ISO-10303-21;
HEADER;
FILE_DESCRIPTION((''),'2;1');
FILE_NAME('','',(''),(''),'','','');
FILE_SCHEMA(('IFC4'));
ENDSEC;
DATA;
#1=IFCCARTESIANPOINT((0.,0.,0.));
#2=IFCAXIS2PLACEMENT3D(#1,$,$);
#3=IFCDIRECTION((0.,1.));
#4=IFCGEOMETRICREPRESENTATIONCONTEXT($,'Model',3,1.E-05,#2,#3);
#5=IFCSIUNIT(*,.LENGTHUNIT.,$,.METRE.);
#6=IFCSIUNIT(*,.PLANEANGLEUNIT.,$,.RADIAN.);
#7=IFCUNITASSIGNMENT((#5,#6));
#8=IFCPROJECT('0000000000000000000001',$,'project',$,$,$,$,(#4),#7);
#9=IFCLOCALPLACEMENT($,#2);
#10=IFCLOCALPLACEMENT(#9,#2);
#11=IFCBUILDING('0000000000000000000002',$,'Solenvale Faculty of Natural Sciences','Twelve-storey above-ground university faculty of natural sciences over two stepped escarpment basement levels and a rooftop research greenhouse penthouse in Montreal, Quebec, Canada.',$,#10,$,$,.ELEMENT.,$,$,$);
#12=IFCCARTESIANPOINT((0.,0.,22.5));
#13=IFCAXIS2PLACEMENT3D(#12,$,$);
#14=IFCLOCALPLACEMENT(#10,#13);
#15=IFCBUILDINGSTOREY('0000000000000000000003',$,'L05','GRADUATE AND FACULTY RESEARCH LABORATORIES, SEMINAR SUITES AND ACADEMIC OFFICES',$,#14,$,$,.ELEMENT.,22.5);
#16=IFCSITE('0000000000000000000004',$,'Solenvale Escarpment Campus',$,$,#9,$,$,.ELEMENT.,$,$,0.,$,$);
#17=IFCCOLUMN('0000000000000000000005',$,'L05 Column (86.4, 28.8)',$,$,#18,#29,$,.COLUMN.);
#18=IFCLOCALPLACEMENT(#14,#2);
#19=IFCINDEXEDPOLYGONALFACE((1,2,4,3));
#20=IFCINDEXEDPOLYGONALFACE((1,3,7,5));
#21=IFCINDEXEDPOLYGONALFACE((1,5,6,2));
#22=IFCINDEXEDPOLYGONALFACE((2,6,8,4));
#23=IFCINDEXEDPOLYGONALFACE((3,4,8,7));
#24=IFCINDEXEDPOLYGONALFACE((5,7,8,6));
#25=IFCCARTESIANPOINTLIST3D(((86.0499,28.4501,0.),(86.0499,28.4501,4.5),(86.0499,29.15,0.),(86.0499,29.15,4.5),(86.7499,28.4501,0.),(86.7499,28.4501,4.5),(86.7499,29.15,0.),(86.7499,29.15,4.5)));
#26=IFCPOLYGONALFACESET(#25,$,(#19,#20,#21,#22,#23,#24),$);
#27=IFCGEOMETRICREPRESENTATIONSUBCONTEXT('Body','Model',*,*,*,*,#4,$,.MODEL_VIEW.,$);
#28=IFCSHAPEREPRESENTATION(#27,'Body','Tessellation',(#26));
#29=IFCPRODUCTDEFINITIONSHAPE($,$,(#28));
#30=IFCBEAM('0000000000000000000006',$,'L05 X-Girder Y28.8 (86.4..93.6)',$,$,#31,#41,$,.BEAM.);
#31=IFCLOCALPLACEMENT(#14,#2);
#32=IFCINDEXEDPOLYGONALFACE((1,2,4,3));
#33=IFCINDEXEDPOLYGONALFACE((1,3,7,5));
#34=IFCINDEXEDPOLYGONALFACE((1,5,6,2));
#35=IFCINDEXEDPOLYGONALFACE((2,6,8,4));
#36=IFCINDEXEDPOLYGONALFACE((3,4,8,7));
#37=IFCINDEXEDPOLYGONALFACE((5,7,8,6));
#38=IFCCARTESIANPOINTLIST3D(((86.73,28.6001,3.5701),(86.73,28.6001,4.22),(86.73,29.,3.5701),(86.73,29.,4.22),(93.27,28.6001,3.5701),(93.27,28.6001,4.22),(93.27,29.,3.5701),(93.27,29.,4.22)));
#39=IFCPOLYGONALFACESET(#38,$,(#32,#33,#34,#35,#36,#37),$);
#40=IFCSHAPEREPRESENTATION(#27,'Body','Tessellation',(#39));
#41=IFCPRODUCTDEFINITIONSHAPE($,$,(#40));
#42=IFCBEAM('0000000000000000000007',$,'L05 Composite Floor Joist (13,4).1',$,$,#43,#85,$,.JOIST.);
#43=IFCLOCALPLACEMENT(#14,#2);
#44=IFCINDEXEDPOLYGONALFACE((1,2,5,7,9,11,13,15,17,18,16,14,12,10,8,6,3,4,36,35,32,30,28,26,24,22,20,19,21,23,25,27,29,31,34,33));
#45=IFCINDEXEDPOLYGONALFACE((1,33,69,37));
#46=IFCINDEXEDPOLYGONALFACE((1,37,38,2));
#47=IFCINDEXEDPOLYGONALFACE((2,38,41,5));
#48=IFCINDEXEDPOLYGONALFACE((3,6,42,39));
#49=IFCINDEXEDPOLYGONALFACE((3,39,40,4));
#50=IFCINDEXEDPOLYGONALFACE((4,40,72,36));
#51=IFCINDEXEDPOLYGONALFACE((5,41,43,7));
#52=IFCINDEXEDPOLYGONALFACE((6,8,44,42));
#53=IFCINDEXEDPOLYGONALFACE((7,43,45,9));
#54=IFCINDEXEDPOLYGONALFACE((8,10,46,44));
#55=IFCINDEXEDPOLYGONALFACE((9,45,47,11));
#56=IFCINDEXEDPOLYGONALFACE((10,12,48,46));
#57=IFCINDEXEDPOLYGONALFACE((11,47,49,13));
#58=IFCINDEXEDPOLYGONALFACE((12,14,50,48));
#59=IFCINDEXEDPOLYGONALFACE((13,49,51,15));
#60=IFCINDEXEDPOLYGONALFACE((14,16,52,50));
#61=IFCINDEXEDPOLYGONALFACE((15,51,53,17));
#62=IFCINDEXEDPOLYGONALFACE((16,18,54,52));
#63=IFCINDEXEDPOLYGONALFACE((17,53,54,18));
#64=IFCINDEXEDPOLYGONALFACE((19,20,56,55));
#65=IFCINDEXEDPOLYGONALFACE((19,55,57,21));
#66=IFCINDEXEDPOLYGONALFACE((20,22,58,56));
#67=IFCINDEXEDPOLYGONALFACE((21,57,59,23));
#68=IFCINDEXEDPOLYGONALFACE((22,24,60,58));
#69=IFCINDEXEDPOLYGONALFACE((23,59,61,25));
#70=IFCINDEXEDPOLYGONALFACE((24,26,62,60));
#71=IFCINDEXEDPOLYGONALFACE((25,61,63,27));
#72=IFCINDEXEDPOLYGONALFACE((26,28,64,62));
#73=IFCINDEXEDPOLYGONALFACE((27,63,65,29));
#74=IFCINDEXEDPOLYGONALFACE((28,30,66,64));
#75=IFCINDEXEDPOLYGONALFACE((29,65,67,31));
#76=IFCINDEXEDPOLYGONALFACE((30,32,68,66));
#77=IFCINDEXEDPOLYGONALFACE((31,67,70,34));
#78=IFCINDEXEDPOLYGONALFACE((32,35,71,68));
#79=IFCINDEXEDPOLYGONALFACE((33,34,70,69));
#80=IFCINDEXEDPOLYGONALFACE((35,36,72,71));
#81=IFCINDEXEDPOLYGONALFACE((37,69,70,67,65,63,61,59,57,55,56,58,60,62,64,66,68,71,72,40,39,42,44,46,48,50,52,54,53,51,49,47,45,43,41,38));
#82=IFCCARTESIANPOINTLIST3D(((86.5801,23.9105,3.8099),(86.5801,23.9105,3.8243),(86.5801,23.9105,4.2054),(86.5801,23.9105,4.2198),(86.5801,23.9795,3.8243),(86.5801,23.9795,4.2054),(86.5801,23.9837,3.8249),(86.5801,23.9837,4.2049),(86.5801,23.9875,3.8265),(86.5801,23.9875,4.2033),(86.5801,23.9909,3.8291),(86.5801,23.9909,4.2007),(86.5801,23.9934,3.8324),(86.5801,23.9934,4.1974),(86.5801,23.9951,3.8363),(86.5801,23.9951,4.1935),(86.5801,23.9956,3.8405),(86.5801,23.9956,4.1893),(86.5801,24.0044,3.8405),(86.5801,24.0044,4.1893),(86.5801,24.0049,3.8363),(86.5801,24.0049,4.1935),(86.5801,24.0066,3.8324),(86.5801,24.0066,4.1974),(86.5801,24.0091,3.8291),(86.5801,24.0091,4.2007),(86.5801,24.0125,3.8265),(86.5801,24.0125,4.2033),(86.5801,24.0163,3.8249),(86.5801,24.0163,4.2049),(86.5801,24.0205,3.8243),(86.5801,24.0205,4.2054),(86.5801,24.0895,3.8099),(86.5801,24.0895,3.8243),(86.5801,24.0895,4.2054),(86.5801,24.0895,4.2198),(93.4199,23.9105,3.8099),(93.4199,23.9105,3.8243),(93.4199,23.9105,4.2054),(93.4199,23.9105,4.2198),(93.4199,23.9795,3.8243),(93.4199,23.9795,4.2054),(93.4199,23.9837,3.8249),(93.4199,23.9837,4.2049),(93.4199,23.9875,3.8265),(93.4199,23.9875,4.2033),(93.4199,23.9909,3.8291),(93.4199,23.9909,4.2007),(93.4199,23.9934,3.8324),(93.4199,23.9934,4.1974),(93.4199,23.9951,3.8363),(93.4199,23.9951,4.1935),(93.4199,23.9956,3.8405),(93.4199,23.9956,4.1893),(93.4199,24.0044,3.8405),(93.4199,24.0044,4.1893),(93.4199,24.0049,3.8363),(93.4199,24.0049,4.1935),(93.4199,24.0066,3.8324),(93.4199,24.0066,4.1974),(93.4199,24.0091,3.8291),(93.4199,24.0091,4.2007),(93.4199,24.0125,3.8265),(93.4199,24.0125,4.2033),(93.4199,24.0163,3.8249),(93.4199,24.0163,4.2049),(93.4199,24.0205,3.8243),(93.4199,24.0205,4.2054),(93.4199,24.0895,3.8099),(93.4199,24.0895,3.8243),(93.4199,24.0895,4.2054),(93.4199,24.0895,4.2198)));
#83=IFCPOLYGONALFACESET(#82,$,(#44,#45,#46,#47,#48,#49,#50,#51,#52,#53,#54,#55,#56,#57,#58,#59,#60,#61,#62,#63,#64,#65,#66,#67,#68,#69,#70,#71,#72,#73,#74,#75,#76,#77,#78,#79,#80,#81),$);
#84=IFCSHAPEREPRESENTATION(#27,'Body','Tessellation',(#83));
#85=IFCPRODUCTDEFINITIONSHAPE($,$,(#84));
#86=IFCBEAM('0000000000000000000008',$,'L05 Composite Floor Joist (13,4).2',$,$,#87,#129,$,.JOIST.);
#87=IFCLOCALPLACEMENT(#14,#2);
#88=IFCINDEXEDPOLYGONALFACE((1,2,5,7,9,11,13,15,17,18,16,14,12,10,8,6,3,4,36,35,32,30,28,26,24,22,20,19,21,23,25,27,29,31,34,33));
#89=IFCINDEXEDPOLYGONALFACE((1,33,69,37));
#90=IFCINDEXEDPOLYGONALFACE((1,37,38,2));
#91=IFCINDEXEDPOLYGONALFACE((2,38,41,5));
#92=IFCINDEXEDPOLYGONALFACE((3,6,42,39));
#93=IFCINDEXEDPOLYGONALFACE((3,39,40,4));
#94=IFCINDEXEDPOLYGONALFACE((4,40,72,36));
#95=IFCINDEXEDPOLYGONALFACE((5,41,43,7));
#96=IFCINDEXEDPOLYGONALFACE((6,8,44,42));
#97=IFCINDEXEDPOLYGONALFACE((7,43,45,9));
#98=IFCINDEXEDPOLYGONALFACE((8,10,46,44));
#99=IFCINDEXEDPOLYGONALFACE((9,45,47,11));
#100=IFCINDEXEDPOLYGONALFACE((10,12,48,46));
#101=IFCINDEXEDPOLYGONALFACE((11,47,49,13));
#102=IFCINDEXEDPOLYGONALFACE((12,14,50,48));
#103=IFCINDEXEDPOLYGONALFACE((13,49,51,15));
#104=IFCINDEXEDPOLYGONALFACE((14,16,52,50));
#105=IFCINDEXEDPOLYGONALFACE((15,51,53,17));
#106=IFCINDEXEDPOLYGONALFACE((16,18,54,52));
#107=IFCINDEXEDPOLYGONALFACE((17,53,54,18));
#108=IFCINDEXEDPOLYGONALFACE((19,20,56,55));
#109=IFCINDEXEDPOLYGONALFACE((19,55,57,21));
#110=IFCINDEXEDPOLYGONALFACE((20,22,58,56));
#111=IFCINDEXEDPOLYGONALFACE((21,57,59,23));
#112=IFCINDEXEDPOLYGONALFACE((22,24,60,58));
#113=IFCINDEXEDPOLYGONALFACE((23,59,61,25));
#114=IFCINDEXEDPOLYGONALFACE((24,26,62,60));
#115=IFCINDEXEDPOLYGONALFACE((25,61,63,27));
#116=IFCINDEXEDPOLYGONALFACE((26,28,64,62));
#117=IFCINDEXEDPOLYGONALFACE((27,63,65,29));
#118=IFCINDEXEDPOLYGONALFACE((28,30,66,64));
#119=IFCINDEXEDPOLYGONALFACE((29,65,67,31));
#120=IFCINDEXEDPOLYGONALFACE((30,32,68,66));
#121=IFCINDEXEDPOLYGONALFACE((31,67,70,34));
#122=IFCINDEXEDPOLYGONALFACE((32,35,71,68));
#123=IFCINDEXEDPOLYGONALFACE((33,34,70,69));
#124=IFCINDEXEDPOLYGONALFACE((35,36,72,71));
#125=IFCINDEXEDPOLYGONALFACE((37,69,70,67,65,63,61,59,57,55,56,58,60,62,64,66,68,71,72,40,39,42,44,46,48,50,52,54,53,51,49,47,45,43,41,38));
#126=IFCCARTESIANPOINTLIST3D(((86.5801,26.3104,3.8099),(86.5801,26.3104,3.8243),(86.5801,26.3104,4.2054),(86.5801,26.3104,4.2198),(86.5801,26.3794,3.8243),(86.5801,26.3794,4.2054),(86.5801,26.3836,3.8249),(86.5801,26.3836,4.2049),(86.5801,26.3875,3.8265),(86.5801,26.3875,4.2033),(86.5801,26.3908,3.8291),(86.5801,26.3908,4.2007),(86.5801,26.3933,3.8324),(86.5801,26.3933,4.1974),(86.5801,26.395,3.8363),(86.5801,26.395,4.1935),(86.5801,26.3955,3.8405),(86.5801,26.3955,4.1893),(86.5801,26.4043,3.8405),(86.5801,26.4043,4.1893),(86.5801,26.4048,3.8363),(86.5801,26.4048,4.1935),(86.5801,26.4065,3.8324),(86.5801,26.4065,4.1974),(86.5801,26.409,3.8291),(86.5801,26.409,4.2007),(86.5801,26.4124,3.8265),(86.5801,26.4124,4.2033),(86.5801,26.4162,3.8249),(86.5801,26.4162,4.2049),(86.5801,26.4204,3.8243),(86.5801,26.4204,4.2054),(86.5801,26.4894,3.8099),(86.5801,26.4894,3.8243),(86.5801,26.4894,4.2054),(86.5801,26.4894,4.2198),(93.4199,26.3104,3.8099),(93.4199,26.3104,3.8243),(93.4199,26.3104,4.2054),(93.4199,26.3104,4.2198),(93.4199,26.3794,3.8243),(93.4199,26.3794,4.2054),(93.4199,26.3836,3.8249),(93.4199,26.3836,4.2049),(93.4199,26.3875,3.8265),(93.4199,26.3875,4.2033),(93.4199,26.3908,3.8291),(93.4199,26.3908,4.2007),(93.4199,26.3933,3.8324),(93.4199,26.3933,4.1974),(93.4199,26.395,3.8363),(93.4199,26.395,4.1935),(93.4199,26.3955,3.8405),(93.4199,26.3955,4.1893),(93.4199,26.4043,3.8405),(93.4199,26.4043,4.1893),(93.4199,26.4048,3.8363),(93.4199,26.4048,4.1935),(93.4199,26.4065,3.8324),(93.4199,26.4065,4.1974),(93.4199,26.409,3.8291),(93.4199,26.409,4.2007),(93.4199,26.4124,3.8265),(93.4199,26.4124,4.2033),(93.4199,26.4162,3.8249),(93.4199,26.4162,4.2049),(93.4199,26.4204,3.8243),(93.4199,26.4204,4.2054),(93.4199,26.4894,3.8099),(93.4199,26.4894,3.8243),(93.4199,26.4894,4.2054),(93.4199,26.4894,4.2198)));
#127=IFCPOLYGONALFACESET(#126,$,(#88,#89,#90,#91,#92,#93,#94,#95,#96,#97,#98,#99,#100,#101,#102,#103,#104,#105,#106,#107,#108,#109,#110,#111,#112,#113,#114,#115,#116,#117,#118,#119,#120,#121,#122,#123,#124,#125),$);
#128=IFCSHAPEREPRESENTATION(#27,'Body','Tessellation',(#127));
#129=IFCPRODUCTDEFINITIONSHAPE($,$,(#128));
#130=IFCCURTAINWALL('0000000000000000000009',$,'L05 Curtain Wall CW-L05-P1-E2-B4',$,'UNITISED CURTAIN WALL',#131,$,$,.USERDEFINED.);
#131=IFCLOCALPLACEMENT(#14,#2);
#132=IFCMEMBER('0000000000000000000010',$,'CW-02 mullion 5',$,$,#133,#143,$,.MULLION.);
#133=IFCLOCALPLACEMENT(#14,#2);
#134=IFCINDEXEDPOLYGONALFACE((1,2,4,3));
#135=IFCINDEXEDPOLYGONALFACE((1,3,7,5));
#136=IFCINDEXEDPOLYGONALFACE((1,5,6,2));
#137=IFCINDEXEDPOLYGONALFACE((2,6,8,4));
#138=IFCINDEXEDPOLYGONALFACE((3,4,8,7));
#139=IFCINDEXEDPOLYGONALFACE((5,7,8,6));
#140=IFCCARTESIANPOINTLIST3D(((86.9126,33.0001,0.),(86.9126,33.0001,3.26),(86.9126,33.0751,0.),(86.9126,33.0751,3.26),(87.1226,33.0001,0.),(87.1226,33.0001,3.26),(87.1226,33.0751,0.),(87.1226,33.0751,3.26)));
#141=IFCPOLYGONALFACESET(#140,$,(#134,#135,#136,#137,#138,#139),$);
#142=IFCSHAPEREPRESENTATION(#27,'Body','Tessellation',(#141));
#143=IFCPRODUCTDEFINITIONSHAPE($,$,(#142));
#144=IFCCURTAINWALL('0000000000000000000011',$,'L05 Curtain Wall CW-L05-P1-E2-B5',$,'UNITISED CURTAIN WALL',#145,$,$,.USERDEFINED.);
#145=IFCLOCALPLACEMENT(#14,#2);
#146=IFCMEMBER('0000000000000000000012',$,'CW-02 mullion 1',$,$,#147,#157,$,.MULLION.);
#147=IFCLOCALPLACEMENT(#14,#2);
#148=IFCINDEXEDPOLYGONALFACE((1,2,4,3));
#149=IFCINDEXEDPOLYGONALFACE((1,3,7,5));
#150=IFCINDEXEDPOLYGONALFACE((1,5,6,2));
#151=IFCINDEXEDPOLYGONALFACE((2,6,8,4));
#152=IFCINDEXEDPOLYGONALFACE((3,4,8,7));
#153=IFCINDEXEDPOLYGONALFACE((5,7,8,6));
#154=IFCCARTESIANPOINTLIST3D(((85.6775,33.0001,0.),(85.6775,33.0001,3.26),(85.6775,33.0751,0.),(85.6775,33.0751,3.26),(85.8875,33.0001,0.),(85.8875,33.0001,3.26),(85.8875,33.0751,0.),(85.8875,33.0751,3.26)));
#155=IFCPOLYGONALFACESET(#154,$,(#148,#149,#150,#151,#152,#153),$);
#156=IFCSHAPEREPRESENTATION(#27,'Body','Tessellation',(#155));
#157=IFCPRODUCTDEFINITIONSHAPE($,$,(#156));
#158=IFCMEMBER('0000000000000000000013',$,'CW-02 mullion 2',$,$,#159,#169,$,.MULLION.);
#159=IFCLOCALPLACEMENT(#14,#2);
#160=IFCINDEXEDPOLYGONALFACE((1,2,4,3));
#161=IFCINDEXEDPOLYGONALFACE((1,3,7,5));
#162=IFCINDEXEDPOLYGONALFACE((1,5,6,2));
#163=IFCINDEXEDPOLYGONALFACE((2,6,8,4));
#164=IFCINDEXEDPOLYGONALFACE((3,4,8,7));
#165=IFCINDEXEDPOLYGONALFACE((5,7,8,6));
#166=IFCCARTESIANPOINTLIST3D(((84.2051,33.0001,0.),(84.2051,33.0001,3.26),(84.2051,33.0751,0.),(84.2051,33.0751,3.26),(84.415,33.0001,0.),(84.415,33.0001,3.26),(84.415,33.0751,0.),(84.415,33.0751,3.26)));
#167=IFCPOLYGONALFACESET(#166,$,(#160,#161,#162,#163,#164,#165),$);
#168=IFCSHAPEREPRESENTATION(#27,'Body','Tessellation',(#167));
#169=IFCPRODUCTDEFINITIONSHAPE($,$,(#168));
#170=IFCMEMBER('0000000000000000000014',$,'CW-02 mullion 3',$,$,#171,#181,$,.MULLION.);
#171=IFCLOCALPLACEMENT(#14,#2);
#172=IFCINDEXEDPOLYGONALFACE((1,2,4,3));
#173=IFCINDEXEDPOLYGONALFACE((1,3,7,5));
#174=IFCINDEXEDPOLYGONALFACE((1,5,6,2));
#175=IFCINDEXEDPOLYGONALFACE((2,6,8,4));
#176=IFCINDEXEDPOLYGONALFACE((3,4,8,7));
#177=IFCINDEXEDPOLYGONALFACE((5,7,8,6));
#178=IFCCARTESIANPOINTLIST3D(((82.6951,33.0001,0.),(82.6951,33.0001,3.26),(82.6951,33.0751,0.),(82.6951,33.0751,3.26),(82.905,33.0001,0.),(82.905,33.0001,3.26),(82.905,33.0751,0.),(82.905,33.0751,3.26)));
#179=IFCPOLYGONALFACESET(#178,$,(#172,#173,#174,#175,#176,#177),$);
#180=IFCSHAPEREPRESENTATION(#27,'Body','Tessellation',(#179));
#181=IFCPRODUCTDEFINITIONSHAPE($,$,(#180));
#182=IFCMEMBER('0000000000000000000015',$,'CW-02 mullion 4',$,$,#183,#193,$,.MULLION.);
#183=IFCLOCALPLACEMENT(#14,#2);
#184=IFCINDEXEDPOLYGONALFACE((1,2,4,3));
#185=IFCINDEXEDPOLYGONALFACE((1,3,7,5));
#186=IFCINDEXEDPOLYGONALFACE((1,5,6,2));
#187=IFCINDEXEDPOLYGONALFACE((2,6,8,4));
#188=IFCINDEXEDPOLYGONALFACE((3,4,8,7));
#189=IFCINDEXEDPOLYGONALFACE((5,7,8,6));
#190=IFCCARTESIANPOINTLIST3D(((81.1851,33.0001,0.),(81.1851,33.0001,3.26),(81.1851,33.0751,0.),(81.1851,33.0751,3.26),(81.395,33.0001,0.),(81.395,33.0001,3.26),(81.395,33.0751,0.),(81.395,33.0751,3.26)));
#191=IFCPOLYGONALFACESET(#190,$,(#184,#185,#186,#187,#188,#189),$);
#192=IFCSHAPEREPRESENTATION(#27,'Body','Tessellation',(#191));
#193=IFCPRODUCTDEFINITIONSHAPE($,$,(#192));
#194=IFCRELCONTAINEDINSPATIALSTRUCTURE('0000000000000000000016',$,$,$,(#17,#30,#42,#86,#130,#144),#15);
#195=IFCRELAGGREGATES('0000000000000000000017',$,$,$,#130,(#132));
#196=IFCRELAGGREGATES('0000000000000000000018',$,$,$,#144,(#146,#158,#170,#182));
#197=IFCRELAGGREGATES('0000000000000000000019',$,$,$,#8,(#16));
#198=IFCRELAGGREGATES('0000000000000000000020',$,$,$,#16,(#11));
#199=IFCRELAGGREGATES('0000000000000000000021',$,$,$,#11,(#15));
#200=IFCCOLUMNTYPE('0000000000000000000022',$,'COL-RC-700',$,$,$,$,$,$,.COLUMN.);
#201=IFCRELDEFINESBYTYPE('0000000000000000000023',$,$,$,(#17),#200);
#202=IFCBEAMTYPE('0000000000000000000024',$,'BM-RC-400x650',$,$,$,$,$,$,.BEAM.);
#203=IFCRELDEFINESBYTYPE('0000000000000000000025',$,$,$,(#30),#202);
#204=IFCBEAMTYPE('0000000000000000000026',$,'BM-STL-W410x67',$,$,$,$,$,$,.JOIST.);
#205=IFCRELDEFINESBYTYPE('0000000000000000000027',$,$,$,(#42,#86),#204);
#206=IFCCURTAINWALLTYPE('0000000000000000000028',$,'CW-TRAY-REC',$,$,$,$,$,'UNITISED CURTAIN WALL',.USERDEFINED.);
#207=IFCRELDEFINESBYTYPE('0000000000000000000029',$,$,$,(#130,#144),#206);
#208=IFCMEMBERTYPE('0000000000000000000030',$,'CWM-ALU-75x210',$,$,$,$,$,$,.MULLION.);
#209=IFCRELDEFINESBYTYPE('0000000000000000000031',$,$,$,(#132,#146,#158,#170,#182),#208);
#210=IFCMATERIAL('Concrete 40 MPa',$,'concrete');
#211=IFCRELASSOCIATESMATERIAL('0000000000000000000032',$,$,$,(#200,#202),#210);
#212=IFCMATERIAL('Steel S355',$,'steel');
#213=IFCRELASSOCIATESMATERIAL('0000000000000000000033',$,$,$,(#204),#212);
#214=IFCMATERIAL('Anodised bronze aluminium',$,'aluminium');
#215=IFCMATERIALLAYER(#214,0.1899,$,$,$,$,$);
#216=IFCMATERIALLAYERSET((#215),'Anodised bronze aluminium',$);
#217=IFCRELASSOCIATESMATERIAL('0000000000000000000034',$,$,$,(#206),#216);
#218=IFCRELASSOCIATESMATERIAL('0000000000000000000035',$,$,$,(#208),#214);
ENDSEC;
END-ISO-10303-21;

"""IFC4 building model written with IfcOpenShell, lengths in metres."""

from ifc_helpers import new_model, si_unit, direction, frame, origin, origin_2d, place, context, subcontext, project, spatial, rectangle, i_section, extrude, material, layer, layer_set, material_profile, profile_set, type_object, element, aggregate, save


model = new_model("IFC4")

# Units and contexts
model_context = context("Model", 3, precision=1e-05, world=origin(), true_north=direction((0.0, 1.0)))
body_context = subcontext(model_context, "Body", "Model", "MODEL_VIEW")
ifc_project = project(units=[si_unit("LENGTHUNIT", "METRE"), si_unit("PLANEANGLEUNIT", "RADIAN")], contexts=[model_context])

# Site, building, storey
site_placement = place(None, origin())
site = spatial("IfcSite", under=ifc_project, at=site_placement, Name="Solenvale Escarpment Campus", CompositionType="ELEMENT", RefElevation=0.0)
building_placement = place(site_placement, origin())
building = spatial("IfcBuilding", under=site, at=building_placement, Name="Solenvale Faculty of Natural Sciences", Description="Twelve-storey above-ground university faculty of natural sciences over two stepped escarpment basement levels and a rooftop research greenhouse penthouse in Montreal, Quebec, Canada.", CompositionType="ELEMENT")
storey_placement = place(building_placement, frame((0.0, 0.0, 22.5)))
storey = spatial("IfcBuildingStorey", under=building, at=storey_placement, Name="L05", Description="GRADUATE AND FACULTY RESEARCH LABORATORIES, SEMINAR SUITES AND ACADEMIC OFFICES", CompositionType="ELEMENT", Elevation=22.5)

# Column
ifc_material_1 = material(Name="Concrete 40 MPa", Category="concrete")
ifc_material_profile_1 = material_profile(ifc_material_1, rectangle(XDim=0.7, YDim=0.7, at=origin_2d()), Name="RC-COL-700x700")
ifc_profile_set_1 = profile_set([ifc_material_profile_1], Name="Concrete 40 MPa")
column_type = type_object("IfcColumnType", Name="COL-RC-700", PredefinedType="COLUMN", material=ifc_profile_set_1)
column_placement = place(storey_placement, frame((86.3999, 28.8, 0.0), z_axis=(0.0, 0.0, 1.0), x_axis=(1.0, 0.0, 0.0)))
element("IfcColumn", 1, at=column_placement, inside=storey, type_object=column_type, Name="L05 Column (86.4, 28.8)", PredefinedType="COLUMN", context=body_context, shape_type="SweptSolid", body=[
    extrude(rectangle(XDim=0.7, YDim=0.7, at=origin_2d()), origin(), (0.0, 0.0, 1.0), 4.5),
])

# Beams
ifc_material_profile_2 = material_profile(ifc_material_1, rectangle(XDim=0.3999, YDim=0.6499, at=origin_2d()), Name="RC-BM-400x650")
ifc_profile_set_2 = profile_set([ifc_material_profile_2], Name="Concrete 40 MPa")
beam_type_1 = type_object("IfcBeamType", Name="BM-RC-400x650", PredefinedType="BEAM", material=ifc_profile_set_2)
beam_placement = place(storey_placement, frame((86.73, 28.8, 3.895), z_axis=(1.0, 0.0, 0.0), x_axis=(0.0, 1.0, 0.0)))
element("IfcBeam", 2, at=beam_placement, inside=storey, type_object=beam_type_1, Name="L05 X-Girder Y28.8 (86.4..93.6)", PredefinedType="BEAM", context=body_context, shape_type="SweptSolid", body=[
    extrude(rectangle(XDim=0.3999, YDim=0.6499, at=origin_2d()), origin(), (0.0, 0.0, 1.0), 6.54),
])
ifc_material_2 = material(Name="Steel S355", Category="steel")
ifc_material_profile_3 = material_profile(ifc_material_2, i_section(OverallWidth=0.179, OverallDepth=0.4099, WebThickness=0.0088, FlangeThickness=0.0144, FilletRadius=0.0161, at=origin_2d()), Name="W410x67")
ifc_profile_set_3 = profile_set([ifc_material_profile_3], Name="Steel S355")
beam_type_2 = type_object("IfcBeamType", Name="BM-STL-W410x67", PredefinedType="JOIST", material=ifc_profile_set_3)
for number, where, z_axis, x_axis, name in (
    (3, (86.5801, 24.0, 4.0149), (1.0, 0.0, 0.0), (0.0, 1.0, 0.0), "L05 Composite Floor Joist (13,4).1"),
    (4, (86.5801, 26.3999, 4.0149), (1.0, 0.0, 0.0), (0.0, 1.0, 0.0), "L05 Composite Floor Joist (13,4).2"),
):
    element("IfcBeam", number, at=place(storey_placement, frame(where, z_axis=z_axis, x_axis=x_axis)), inside=storey, type_object=beam_type_2, Name=name, PredefinedType="JOIST", context=body_context, shape_type="SweptSolid", body=[
        extrude(i_section(OverallWidth=0.179, OverallDepth=0.4099, WebThickness=0.0088, FlangeThickness=0.0144, FilletRadius=0.0161, at=origin_2d()), origin(), (0.0, 0.0, 1.0), 6.8398),
    ])

# Curtain wall, member
ifc_material_3 = material(Name="Anodised bronze aluminium", Category="aluminium")
ifc_layer_1 = layer(ifc_material_3, 0.1899)
ifc_layer_set_1 = layer_set([ifc_layer_1], Name="Anodised bronze aluminium")
curtain_wall_type = type_object("IfcCurtainWallType", Name="CW-TRAY-REC", ElementType="UNITISED CURTAIN WALL", PredefinedType="USERDEFINED", material=ifc_layer_set_1)
curtain_wall_1_placement = place(storey_placement, origin())
curtain_wall_1 = element("IfcCurtainWall", 5, at=curtain_wall_1_placement, inside=storey, type_object=curtain_wall_type, Name="L05 Curtain Wall CW-L05-P1-E2-B4", ObjectType="UNITISED CURTAIN WALL", PredefinedType="USERDEFINED")
ifc_material_profile_4 = material_profile(ifc_material_3, rectangle(XDim=0.075, YDim=0.21, at=origin_2d()), Name="ALU-MUL-75x210")
ifc_profile_set_4 = profile_set([ifc_material_profile_4], Name="Anodised bronze aluminium")
member_type_1 = type_object("IfcMemberType", Name="CWM-ALU-75x210", PredefinedType="MULLION", material=ifc_profile_set_4)
member_1_placement = place(storey_placement, frame((87.0176, 33.0376, 0.0), z_axis=(0.0, 0.0, 1.0), x_axis=(0.0, -1.0, 0.0)))
member_1 = element("IfcMember", 6, at=member_1_placement, type_object=member_type_1, Name="CW-02 mullion 5", PredefinedType="MULLION", context=body_context, shape_type="SweptSolid", body=[
    extrude(rectangle(XDim=0.075, YDim=0.21, at=origin_2d()), origin(), (0.0, 0.0, 1.0), 3.26),
])
aggregate(curtain_wall_1, [member_1])

# Curtain wall, members
curtain_wall_2_placement = place(storey_placement, origin())
curtain_wall_2 = element("IfcCurtainWall", 7, at=curtain_wall_2_placement, inside=storey, type_object=curtain_wall_type, Name="L05 Curtain Wall CW-L05-P1-E2-B5", ObjectType="UNITISED CURTAIN WALL", PredefinedType="USERDEFINED")
member_2_placement = place(storey_placement, frame((85.7825, 33.0376, 0.0), z_axis=(0.0, 0.0, 1.0), x_axis=(0.0, -1.0, 0.0)))
member_2 = element("IfcMember", 8, at=member_2_placement, type_object=member_type_1, Name="CW-02 mullion 1", PredefinedType="MULLION", context=body_context, shape_type="SweptSolid", body=[
    extrude(rectangle(XDim=0.075, YDim=0.21, at=origin_2d()), origin(), (0.0, 0.0, 1.0), 3.26),
])
member_3_placement = place(storey_placement, frame((84.3101, 33.0376, 0.0), z_axis=(0.0, 0.0, 1.0), x_axis=(0.0, -1.0, 0.0)))
member_3 = element("IfcMember", 9, at=member_3_placement, type_object=member_type_1, Name="CW-02 mullion 2", PredefinedType="MULLION", context=body_context, shape_type="SweptSolid", body=[
    extrude(rectangle(XDim=0.075, YDim=0.21, at=origin_2d()), origin(), (0.0, 0.0, 1.0), 3.26),
])
member_4_placement = place(storey_placement, frame((82.8, 33.0376, 0.0), z_axis=(0.0, 0.0, 1.0), x_axis=(0.0, -1.0, 0.0)))
member_4 = element("IfcMember", 10, at=member_4_placement, type_object=member_type_1, Name="CW-02 mullion 3", PredefinedType="MULLION", context=body_context, shape_type="SweptSolid", body=[
    extrude(rectangle(XDim=0.075, YDim=0.21, at=origin_2d()), origin(), (0.0, 0.0, 1.0), 3.26),
])
member_5_placement = place(storey_placement, frame((81.29, 33.0376, 0.0), z_axis=(0.0, 0.0, 1.0), x_axis=(0.0, -1.0, 0.0)))
member_5 = element("IfcMember", 11, at=member_5_placement, type_object=member_type_1, Name="CW-02 mullion 4", PredefinedType="MULLION", context=body_context, shape_type="SweptSolid", body=[
    extrude(rectangle(XDim=0.075, YDim=0.21, at=origin_2d()), origin(), (0.0, 0.0, 1.0), 3.26),
])
aggregate(curtain_wall_2, [member_2, member_3, member_4, member_5])

save(model, "model.ifc")
